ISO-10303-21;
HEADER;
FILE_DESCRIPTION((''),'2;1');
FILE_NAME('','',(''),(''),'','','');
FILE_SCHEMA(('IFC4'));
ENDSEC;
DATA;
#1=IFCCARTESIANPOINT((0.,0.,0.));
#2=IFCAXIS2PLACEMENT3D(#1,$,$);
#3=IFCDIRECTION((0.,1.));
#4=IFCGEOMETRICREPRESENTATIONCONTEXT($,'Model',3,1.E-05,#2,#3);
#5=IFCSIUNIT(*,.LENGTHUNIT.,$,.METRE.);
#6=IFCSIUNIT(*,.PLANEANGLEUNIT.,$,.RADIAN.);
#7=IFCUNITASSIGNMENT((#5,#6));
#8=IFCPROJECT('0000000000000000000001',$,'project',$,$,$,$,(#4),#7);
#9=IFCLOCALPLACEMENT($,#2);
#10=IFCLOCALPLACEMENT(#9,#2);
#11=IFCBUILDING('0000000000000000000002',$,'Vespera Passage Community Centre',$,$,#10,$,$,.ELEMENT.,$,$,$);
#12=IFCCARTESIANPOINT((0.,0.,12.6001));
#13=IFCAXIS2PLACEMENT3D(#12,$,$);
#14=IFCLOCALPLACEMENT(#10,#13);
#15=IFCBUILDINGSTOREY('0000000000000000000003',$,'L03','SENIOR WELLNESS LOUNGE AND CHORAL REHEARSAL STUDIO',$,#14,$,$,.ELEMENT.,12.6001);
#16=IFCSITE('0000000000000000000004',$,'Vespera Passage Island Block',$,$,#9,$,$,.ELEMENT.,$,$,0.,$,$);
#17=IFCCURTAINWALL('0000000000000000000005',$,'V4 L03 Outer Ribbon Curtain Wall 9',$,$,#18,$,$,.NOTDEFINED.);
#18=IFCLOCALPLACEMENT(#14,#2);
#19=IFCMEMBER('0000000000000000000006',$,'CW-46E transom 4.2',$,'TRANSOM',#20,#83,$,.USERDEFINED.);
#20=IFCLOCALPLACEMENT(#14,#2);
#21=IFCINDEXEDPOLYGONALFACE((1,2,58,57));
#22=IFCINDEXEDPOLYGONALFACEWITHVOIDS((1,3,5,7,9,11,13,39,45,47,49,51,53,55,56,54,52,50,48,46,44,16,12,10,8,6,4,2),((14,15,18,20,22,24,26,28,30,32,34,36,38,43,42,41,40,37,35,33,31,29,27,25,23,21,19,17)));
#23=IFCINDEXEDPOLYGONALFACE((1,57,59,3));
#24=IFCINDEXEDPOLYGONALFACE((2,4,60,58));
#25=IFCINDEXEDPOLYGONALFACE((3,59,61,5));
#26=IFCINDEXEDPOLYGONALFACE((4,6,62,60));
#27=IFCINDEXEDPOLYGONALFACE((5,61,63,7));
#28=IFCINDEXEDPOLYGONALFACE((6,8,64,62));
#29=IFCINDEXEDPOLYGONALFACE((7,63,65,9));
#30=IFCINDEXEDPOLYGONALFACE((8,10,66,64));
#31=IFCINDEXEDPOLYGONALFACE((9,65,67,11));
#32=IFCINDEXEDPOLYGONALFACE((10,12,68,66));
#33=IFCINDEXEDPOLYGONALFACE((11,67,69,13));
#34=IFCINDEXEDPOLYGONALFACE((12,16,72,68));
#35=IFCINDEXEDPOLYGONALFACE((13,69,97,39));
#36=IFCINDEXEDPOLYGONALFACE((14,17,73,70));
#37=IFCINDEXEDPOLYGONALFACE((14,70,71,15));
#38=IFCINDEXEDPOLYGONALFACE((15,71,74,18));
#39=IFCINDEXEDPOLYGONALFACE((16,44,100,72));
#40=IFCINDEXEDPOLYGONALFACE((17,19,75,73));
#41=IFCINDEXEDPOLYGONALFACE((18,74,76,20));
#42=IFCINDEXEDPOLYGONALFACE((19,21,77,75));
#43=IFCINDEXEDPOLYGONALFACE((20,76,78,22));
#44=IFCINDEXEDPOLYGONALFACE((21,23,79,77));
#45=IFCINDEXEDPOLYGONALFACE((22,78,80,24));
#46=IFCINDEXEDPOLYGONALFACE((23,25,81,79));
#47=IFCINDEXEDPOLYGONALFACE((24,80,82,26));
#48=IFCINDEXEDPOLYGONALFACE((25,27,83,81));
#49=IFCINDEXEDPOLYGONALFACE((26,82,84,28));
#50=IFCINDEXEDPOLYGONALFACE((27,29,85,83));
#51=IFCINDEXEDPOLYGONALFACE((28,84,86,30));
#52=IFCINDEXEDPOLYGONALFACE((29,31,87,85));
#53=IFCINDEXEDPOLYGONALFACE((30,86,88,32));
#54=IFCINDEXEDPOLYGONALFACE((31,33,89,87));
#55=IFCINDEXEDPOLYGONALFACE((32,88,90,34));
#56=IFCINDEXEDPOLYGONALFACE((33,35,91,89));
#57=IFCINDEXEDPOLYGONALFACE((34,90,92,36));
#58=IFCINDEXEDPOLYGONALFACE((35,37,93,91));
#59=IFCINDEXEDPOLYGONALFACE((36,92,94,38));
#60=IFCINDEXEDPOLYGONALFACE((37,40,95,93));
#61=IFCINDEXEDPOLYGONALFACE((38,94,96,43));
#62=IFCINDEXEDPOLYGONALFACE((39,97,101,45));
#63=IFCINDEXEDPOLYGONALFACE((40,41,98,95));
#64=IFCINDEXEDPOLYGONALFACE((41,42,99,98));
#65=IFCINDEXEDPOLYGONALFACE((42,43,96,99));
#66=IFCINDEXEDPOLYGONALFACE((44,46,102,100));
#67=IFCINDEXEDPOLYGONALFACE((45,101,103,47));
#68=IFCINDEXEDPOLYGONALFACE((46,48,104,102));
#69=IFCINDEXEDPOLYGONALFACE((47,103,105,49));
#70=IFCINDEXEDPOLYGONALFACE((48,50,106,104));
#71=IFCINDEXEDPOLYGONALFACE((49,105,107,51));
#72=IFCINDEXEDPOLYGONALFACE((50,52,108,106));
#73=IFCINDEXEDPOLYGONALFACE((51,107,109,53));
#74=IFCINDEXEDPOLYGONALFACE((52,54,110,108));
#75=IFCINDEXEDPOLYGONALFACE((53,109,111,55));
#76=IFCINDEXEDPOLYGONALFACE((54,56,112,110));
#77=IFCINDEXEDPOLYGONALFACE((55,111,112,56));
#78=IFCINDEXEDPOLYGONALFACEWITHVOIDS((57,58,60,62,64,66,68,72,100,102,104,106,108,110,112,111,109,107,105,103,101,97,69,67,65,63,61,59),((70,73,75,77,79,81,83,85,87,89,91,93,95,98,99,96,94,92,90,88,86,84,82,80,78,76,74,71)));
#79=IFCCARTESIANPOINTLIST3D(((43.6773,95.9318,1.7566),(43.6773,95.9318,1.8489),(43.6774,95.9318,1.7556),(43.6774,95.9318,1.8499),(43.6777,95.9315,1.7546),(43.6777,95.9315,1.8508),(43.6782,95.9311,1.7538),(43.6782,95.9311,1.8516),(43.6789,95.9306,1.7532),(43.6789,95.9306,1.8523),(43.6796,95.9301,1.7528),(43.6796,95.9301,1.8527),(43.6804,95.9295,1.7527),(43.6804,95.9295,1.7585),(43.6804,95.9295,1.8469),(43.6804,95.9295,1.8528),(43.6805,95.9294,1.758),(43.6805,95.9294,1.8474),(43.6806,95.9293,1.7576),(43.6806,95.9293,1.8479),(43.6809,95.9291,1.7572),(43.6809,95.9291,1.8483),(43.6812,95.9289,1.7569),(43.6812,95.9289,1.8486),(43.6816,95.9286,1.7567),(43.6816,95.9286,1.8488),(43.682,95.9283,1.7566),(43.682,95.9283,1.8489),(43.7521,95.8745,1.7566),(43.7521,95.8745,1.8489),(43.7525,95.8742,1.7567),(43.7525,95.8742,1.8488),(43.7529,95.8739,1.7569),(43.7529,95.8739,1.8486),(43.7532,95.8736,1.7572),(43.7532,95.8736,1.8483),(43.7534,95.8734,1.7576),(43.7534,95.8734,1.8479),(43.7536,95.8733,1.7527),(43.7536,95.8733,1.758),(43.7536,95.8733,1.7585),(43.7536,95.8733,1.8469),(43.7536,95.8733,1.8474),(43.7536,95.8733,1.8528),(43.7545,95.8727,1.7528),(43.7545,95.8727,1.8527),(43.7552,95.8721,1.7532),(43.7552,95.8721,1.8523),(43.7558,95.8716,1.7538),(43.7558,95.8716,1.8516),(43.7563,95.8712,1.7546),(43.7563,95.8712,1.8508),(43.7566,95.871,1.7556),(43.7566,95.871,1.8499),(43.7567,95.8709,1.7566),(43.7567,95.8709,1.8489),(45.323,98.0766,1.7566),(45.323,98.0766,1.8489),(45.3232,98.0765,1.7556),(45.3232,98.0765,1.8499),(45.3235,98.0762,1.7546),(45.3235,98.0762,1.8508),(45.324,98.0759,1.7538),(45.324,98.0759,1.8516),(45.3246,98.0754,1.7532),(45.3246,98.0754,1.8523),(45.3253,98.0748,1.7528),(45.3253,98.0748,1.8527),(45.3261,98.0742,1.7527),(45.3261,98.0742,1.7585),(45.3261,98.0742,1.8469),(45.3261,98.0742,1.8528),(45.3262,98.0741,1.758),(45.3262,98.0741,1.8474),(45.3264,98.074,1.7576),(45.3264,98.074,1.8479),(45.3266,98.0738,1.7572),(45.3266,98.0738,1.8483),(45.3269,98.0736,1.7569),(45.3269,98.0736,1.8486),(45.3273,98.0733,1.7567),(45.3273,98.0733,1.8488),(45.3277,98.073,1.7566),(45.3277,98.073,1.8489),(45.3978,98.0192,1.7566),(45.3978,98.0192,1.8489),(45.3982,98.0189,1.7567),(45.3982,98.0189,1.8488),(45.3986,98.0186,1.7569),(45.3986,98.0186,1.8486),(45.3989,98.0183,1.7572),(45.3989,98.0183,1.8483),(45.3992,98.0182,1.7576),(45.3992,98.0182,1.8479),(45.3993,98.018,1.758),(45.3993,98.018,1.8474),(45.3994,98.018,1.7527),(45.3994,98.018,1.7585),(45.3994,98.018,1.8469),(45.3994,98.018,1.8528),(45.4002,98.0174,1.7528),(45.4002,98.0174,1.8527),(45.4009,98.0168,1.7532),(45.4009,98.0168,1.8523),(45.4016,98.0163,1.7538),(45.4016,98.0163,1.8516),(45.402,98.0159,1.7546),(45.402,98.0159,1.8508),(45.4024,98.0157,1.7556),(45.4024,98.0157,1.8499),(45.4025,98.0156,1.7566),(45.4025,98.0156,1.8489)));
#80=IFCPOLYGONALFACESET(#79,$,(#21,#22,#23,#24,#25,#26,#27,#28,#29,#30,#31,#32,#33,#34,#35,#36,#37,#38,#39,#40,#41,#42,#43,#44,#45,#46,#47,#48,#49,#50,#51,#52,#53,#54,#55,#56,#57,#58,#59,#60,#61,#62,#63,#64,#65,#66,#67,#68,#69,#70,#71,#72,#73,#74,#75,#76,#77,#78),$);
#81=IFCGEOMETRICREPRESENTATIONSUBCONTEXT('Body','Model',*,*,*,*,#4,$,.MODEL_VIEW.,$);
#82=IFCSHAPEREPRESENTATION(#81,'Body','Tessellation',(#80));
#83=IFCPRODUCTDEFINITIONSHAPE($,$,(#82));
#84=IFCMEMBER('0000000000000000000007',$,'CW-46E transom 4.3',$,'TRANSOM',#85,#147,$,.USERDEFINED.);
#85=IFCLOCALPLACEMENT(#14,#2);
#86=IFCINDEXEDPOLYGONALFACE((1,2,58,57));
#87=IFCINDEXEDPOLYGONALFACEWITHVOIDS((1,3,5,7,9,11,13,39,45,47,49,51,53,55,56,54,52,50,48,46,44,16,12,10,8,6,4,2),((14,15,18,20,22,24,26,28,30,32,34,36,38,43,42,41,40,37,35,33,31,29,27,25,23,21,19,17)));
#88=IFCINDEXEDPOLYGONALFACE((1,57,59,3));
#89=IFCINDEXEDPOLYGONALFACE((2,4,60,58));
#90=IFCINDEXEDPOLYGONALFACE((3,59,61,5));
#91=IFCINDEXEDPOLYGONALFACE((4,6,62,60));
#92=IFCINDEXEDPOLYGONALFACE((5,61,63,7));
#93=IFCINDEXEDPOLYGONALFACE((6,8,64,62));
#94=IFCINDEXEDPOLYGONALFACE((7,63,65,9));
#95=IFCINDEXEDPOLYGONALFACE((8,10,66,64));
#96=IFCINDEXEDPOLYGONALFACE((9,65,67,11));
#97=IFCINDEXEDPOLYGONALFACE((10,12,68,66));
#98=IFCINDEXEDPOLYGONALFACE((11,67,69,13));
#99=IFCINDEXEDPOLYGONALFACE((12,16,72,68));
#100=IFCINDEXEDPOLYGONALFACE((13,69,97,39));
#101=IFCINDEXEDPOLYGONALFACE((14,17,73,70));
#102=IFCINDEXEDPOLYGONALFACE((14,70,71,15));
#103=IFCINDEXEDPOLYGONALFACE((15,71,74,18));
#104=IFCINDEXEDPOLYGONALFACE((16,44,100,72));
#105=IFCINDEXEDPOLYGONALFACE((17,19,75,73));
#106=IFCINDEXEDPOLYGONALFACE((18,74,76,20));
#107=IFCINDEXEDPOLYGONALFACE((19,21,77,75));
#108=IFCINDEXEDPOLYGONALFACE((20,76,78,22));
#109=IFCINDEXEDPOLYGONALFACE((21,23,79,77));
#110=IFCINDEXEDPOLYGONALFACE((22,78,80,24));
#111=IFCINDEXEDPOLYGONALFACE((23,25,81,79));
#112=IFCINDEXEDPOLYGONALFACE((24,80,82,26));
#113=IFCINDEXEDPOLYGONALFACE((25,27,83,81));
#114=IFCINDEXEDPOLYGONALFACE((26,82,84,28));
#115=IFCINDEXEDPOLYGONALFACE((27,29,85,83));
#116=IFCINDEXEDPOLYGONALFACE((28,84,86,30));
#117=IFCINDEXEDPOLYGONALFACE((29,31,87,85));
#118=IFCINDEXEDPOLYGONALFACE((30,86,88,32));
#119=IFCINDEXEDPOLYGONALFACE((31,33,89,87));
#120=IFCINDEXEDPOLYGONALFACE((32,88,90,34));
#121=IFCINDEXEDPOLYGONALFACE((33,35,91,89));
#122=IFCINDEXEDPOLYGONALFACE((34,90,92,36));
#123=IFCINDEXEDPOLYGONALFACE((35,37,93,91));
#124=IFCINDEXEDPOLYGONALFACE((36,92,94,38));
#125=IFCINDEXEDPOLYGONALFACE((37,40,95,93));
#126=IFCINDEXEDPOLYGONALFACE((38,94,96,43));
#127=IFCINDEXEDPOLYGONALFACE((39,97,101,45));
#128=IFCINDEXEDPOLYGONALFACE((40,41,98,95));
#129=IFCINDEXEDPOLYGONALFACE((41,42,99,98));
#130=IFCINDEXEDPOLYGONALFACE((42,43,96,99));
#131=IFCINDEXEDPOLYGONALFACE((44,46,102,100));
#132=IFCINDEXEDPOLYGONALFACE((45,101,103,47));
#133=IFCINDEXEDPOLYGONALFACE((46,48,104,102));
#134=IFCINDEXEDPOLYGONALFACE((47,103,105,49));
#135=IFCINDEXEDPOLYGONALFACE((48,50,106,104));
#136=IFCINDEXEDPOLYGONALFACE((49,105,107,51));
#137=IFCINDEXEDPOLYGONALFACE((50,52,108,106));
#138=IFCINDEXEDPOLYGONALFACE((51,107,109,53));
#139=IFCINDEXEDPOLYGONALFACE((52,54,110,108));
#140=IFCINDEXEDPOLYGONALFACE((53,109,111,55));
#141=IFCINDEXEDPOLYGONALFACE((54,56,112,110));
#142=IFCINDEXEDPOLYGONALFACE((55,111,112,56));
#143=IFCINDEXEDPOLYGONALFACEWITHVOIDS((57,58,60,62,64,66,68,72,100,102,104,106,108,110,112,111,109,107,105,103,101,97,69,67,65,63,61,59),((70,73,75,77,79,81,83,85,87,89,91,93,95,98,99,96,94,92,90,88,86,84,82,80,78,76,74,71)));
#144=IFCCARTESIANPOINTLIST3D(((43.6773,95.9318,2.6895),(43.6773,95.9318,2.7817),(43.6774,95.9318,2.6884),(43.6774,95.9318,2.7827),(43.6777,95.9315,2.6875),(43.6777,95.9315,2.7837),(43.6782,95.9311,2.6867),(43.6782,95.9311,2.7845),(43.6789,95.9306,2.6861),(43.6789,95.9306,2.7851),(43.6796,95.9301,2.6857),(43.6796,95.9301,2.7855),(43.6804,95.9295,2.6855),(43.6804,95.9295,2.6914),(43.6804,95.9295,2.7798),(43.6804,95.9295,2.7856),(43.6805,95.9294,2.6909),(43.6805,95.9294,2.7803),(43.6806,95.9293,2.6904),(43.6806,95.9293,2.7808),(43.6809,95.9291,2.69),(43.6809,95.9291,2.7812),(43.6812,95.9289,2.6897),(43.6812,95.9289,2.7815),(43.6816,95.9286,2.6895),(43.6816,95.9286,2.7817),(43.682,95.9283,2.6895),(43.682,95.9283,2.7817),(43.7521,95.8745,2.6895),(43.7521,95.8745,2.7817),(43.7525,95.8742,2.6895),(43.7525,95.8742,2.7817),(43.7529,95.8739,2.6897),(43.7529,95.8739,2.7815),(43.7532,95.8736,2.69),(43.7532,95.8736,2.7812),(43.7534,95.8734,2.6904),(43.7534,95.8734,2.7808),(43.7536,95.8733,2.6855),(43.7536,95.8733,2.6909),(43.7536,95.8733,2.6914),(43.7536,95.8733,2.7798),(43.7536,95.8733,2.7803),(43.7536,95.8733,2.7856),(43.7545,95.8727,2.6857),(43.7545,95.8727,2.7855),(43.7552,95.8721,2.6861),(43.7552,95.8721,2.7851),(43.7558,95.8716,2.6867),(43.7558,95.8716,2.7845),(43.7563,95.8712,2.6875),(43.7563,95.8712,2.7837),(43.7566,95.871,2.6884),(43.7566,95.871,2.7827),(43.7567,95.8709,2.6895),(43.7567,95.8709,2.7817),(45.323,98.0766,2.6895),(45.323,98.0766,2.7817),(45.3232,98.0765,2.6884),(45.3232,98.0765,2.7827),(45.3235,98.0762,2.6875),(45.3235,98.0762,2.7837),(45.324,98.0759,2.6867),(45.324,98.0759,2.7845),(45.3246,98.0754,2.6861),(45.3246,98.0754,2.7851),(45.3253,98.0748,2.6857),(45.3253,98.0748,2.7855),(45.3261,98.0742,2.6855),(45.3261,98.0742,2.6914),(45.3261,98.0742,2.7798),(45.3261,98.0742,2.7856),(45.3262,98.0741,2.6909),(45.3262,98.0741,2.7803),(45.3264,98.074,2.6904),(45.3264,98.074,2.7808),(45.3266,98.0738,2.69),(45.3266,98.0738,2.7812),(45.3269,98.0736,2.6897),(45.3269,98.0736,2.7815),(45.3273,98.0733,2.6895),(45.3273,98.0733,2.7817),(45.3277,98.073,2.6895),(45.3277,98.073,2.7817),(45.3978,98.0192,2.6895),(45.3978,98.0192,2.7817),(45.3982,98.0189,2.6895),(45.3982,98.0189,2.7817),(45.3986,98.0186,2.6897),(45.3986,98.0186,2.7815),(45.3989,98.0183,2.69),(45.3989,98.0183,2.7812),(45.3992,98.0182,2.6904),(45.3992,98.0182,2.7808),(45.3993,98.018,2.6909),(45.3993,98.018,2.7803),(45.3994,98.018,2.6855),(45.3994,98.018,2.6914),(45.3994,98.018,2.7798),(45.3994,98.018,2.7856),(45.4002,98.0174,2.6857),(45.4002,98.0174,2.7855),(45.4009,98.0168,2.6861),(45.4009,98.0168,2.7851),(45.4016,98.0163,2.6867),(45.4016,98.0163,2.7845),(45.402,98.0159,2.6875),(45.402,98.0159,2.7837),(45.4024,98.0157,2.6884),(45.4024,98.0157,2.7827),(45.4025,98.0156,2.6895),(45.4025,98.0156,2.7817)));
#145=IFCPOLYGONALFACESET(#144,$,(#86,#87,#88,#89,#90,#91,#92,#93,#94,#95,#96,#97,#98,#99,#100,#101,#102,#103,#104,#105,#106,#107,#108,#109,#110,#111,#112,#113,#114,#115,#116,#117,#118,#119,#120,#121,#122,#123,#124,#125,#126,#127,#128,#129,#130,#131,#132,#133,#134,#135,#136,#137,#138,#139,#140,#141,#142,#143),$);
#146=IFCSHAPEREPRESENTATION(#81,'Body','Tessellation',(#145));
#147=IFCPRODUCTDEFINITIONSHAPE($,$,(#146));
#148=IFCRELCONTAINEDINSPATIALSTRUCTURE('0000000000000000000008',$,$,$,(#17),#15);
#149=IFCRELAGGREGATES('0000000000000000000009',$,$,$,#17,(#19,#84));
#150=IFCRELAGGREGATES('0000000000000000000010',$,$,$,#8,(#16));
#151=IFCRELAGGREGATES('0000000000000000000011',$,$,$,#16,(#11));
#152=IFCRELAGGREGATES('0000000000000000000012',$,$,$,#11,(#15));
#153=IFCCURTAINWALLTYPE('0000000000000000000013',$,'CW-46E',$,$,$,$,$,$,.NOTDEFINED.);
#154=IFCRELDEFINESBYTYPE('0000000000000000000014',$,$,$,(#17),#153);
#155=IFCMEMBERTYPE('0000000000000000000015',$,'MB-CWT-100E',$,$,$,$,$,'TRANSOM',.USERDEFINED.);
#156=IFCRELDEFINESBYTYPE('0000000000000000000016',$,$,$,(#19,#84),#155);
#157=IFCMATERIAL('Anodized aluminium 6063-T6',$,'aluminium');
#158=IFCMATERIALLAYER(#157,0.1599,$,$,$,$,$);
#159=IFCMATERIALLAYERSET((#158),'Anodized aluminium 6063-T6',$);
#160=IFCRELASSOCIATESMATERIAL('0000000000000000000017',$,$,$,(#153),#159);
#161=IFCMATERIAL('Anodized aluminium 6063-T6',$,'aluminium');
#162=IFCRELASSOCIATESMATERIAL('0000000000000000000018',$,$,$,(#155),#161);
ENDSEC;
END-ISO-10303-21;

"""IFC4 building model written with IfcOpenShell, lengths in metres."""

from ifc_helpers import new_model, si_unit, direction, frame, origin, origin_2d, place, context, subcontext, project, spatial, hollow_rectangle, extrude, material, layer, layer_set, material_profile, profile_set, type_object, element, aggregate, save


model = new_model("IFC4")

# Units and contexts
model_context = context("Model", 3, precision=1e-05, world=origin(), true_north=direction((0.0, 1.0)))
body_context = subcontext(model_context, "Body", "Model", "MODEL_VIEW")
ifc_project = project(units=[si_unit("LENGTHUNIT", "METRE"), si_unit("PLANEANGLEUNIT", "RADIAN")], contexts=[model_context])

# Site, building, storey
site_placement = place(None, origin())
site = spatial("IfcSite", under=ifc_project, at=site_placement, Name="Vespera Passage Island Block", CompositionType="ELEMENT", RefElevation=0.0)
building_placement = place(site_placement, origin())
building = spatial("IfcBuilding", under=site, at=building_placement, Name="Vespera Passage Community Centre", CompositionType="ELEMENT")
storey_placement = place(building_placement, frame((0.0, 0.0, 12.6001)))
storey = spatial("IfcBuildingStorey", under=building, at=storey_placement, Name="L03", Description="SENIOR WELLNESS LOUNGE AND CHORAL REHEARSAL STUDIO", CompositionType="ELEMENT", Elevation=12.6001)

# Curtain wall
ifc_material_1 = material(Name="Anodized aluminium 6063-T6", Category="aluminium")
ifc_layer_1 = layer(ifc_material_1, 0.1599)
ifc_layer_set_1 = layer_set([ifc_layer_1], Name="Anodized aluminium 6063-T6")
curtain_wall_type_1 = type_object("IfcCurtainWallType", Name="CW-46E", PredefinedType="NOTDEFINED", material=ifc_layer_set_1)
curtain_wall_1_placement = place(storey_placement, origin())
curtain_wall_1 = element("IfcCurtainWall", 1, at=curtain_wall_1_placement, inside=storey, type_object=curtain_wall_type_1, Name="V4 L03 Outer Ribbon Curtain Wall 9", PredefinedType="NOTDEFINED")

# Members
ifc_material_2 = material(Name="Anodized aluminium 6063-T6", Category="aluminium")
ifc_material_profile_1 = material_profile(ifc_material_2, hollow_rectangle(XDim=0.1001, YDim=0.1001, WallThickness=0.0039, InnerFilletRadius=0.002, OuterFilletRadius=0.0039, at=origin_2d()), Name="ALU100X100X4")
ifc_profile_set_1 = profile_set([ifc_material_profile_1], Name="Anodized aluminium 6063-T6")
member_type_1 = type_object("IfcMemberType", Name="MB-CWT-100E", ElementType="TRANSOM", PredefinedType="USERDEFINED", material=ifc_profile_set_1)
member_1_placement = place(storey_placement, frame((43.717, 95.9014, 1.8027), z_axis=(0.608763, 0.793352, 0.0), x_axis=(-0.793352, 0.608763, 0.0)))
member_1 = element("IfcMember", 2, at=member_1_placement, type_object=member_type_1, Name="CW-46E transom 4.2", ObjectType="TRANSOM", PredefinedType="USERDEFINED", context=body_context, shape_type="SweptSolid", body=[
    extrude(hollow_rectangle(XDim=0.1001, YDim=0.1001, WallThickness=0.0039, InnerFilletRadius=0.002, OuterFilletRadius=0.0039, at=origin_2d()), origin(), (0.0, 0.0, 1.0), 2.7034),
])
member_2_placement = place(storey_placement, frame((43.717, 95.9014, 2.7356), z_axis=(0.608763, 0.793352, 0.0), x_axis=(-0.793352, 0.608763, 0.0)))
member_2 = element("IfcMember", 3, at=member_2_placement, type_object=member_type_1, Name="CW-46E transom 4.3", ObjectType="TRANSOM", PredefinedType="USERDEFINED", context=body_context, shape_type="SweptSolid", body=[
    extrude(hollow_rectangle(XDim=0.1001, YDim=0.1001, WallThickness=0.0039, InnerFilletRadius=0.002, OuterFilletRadius=0.0039, at=origin_2d()), origin(), (0.0, 0.0, 1.0), 2.7034),
])

aggregate(curtain_wall_1, [member_1, member_2])

save(model, "model.ifc")
